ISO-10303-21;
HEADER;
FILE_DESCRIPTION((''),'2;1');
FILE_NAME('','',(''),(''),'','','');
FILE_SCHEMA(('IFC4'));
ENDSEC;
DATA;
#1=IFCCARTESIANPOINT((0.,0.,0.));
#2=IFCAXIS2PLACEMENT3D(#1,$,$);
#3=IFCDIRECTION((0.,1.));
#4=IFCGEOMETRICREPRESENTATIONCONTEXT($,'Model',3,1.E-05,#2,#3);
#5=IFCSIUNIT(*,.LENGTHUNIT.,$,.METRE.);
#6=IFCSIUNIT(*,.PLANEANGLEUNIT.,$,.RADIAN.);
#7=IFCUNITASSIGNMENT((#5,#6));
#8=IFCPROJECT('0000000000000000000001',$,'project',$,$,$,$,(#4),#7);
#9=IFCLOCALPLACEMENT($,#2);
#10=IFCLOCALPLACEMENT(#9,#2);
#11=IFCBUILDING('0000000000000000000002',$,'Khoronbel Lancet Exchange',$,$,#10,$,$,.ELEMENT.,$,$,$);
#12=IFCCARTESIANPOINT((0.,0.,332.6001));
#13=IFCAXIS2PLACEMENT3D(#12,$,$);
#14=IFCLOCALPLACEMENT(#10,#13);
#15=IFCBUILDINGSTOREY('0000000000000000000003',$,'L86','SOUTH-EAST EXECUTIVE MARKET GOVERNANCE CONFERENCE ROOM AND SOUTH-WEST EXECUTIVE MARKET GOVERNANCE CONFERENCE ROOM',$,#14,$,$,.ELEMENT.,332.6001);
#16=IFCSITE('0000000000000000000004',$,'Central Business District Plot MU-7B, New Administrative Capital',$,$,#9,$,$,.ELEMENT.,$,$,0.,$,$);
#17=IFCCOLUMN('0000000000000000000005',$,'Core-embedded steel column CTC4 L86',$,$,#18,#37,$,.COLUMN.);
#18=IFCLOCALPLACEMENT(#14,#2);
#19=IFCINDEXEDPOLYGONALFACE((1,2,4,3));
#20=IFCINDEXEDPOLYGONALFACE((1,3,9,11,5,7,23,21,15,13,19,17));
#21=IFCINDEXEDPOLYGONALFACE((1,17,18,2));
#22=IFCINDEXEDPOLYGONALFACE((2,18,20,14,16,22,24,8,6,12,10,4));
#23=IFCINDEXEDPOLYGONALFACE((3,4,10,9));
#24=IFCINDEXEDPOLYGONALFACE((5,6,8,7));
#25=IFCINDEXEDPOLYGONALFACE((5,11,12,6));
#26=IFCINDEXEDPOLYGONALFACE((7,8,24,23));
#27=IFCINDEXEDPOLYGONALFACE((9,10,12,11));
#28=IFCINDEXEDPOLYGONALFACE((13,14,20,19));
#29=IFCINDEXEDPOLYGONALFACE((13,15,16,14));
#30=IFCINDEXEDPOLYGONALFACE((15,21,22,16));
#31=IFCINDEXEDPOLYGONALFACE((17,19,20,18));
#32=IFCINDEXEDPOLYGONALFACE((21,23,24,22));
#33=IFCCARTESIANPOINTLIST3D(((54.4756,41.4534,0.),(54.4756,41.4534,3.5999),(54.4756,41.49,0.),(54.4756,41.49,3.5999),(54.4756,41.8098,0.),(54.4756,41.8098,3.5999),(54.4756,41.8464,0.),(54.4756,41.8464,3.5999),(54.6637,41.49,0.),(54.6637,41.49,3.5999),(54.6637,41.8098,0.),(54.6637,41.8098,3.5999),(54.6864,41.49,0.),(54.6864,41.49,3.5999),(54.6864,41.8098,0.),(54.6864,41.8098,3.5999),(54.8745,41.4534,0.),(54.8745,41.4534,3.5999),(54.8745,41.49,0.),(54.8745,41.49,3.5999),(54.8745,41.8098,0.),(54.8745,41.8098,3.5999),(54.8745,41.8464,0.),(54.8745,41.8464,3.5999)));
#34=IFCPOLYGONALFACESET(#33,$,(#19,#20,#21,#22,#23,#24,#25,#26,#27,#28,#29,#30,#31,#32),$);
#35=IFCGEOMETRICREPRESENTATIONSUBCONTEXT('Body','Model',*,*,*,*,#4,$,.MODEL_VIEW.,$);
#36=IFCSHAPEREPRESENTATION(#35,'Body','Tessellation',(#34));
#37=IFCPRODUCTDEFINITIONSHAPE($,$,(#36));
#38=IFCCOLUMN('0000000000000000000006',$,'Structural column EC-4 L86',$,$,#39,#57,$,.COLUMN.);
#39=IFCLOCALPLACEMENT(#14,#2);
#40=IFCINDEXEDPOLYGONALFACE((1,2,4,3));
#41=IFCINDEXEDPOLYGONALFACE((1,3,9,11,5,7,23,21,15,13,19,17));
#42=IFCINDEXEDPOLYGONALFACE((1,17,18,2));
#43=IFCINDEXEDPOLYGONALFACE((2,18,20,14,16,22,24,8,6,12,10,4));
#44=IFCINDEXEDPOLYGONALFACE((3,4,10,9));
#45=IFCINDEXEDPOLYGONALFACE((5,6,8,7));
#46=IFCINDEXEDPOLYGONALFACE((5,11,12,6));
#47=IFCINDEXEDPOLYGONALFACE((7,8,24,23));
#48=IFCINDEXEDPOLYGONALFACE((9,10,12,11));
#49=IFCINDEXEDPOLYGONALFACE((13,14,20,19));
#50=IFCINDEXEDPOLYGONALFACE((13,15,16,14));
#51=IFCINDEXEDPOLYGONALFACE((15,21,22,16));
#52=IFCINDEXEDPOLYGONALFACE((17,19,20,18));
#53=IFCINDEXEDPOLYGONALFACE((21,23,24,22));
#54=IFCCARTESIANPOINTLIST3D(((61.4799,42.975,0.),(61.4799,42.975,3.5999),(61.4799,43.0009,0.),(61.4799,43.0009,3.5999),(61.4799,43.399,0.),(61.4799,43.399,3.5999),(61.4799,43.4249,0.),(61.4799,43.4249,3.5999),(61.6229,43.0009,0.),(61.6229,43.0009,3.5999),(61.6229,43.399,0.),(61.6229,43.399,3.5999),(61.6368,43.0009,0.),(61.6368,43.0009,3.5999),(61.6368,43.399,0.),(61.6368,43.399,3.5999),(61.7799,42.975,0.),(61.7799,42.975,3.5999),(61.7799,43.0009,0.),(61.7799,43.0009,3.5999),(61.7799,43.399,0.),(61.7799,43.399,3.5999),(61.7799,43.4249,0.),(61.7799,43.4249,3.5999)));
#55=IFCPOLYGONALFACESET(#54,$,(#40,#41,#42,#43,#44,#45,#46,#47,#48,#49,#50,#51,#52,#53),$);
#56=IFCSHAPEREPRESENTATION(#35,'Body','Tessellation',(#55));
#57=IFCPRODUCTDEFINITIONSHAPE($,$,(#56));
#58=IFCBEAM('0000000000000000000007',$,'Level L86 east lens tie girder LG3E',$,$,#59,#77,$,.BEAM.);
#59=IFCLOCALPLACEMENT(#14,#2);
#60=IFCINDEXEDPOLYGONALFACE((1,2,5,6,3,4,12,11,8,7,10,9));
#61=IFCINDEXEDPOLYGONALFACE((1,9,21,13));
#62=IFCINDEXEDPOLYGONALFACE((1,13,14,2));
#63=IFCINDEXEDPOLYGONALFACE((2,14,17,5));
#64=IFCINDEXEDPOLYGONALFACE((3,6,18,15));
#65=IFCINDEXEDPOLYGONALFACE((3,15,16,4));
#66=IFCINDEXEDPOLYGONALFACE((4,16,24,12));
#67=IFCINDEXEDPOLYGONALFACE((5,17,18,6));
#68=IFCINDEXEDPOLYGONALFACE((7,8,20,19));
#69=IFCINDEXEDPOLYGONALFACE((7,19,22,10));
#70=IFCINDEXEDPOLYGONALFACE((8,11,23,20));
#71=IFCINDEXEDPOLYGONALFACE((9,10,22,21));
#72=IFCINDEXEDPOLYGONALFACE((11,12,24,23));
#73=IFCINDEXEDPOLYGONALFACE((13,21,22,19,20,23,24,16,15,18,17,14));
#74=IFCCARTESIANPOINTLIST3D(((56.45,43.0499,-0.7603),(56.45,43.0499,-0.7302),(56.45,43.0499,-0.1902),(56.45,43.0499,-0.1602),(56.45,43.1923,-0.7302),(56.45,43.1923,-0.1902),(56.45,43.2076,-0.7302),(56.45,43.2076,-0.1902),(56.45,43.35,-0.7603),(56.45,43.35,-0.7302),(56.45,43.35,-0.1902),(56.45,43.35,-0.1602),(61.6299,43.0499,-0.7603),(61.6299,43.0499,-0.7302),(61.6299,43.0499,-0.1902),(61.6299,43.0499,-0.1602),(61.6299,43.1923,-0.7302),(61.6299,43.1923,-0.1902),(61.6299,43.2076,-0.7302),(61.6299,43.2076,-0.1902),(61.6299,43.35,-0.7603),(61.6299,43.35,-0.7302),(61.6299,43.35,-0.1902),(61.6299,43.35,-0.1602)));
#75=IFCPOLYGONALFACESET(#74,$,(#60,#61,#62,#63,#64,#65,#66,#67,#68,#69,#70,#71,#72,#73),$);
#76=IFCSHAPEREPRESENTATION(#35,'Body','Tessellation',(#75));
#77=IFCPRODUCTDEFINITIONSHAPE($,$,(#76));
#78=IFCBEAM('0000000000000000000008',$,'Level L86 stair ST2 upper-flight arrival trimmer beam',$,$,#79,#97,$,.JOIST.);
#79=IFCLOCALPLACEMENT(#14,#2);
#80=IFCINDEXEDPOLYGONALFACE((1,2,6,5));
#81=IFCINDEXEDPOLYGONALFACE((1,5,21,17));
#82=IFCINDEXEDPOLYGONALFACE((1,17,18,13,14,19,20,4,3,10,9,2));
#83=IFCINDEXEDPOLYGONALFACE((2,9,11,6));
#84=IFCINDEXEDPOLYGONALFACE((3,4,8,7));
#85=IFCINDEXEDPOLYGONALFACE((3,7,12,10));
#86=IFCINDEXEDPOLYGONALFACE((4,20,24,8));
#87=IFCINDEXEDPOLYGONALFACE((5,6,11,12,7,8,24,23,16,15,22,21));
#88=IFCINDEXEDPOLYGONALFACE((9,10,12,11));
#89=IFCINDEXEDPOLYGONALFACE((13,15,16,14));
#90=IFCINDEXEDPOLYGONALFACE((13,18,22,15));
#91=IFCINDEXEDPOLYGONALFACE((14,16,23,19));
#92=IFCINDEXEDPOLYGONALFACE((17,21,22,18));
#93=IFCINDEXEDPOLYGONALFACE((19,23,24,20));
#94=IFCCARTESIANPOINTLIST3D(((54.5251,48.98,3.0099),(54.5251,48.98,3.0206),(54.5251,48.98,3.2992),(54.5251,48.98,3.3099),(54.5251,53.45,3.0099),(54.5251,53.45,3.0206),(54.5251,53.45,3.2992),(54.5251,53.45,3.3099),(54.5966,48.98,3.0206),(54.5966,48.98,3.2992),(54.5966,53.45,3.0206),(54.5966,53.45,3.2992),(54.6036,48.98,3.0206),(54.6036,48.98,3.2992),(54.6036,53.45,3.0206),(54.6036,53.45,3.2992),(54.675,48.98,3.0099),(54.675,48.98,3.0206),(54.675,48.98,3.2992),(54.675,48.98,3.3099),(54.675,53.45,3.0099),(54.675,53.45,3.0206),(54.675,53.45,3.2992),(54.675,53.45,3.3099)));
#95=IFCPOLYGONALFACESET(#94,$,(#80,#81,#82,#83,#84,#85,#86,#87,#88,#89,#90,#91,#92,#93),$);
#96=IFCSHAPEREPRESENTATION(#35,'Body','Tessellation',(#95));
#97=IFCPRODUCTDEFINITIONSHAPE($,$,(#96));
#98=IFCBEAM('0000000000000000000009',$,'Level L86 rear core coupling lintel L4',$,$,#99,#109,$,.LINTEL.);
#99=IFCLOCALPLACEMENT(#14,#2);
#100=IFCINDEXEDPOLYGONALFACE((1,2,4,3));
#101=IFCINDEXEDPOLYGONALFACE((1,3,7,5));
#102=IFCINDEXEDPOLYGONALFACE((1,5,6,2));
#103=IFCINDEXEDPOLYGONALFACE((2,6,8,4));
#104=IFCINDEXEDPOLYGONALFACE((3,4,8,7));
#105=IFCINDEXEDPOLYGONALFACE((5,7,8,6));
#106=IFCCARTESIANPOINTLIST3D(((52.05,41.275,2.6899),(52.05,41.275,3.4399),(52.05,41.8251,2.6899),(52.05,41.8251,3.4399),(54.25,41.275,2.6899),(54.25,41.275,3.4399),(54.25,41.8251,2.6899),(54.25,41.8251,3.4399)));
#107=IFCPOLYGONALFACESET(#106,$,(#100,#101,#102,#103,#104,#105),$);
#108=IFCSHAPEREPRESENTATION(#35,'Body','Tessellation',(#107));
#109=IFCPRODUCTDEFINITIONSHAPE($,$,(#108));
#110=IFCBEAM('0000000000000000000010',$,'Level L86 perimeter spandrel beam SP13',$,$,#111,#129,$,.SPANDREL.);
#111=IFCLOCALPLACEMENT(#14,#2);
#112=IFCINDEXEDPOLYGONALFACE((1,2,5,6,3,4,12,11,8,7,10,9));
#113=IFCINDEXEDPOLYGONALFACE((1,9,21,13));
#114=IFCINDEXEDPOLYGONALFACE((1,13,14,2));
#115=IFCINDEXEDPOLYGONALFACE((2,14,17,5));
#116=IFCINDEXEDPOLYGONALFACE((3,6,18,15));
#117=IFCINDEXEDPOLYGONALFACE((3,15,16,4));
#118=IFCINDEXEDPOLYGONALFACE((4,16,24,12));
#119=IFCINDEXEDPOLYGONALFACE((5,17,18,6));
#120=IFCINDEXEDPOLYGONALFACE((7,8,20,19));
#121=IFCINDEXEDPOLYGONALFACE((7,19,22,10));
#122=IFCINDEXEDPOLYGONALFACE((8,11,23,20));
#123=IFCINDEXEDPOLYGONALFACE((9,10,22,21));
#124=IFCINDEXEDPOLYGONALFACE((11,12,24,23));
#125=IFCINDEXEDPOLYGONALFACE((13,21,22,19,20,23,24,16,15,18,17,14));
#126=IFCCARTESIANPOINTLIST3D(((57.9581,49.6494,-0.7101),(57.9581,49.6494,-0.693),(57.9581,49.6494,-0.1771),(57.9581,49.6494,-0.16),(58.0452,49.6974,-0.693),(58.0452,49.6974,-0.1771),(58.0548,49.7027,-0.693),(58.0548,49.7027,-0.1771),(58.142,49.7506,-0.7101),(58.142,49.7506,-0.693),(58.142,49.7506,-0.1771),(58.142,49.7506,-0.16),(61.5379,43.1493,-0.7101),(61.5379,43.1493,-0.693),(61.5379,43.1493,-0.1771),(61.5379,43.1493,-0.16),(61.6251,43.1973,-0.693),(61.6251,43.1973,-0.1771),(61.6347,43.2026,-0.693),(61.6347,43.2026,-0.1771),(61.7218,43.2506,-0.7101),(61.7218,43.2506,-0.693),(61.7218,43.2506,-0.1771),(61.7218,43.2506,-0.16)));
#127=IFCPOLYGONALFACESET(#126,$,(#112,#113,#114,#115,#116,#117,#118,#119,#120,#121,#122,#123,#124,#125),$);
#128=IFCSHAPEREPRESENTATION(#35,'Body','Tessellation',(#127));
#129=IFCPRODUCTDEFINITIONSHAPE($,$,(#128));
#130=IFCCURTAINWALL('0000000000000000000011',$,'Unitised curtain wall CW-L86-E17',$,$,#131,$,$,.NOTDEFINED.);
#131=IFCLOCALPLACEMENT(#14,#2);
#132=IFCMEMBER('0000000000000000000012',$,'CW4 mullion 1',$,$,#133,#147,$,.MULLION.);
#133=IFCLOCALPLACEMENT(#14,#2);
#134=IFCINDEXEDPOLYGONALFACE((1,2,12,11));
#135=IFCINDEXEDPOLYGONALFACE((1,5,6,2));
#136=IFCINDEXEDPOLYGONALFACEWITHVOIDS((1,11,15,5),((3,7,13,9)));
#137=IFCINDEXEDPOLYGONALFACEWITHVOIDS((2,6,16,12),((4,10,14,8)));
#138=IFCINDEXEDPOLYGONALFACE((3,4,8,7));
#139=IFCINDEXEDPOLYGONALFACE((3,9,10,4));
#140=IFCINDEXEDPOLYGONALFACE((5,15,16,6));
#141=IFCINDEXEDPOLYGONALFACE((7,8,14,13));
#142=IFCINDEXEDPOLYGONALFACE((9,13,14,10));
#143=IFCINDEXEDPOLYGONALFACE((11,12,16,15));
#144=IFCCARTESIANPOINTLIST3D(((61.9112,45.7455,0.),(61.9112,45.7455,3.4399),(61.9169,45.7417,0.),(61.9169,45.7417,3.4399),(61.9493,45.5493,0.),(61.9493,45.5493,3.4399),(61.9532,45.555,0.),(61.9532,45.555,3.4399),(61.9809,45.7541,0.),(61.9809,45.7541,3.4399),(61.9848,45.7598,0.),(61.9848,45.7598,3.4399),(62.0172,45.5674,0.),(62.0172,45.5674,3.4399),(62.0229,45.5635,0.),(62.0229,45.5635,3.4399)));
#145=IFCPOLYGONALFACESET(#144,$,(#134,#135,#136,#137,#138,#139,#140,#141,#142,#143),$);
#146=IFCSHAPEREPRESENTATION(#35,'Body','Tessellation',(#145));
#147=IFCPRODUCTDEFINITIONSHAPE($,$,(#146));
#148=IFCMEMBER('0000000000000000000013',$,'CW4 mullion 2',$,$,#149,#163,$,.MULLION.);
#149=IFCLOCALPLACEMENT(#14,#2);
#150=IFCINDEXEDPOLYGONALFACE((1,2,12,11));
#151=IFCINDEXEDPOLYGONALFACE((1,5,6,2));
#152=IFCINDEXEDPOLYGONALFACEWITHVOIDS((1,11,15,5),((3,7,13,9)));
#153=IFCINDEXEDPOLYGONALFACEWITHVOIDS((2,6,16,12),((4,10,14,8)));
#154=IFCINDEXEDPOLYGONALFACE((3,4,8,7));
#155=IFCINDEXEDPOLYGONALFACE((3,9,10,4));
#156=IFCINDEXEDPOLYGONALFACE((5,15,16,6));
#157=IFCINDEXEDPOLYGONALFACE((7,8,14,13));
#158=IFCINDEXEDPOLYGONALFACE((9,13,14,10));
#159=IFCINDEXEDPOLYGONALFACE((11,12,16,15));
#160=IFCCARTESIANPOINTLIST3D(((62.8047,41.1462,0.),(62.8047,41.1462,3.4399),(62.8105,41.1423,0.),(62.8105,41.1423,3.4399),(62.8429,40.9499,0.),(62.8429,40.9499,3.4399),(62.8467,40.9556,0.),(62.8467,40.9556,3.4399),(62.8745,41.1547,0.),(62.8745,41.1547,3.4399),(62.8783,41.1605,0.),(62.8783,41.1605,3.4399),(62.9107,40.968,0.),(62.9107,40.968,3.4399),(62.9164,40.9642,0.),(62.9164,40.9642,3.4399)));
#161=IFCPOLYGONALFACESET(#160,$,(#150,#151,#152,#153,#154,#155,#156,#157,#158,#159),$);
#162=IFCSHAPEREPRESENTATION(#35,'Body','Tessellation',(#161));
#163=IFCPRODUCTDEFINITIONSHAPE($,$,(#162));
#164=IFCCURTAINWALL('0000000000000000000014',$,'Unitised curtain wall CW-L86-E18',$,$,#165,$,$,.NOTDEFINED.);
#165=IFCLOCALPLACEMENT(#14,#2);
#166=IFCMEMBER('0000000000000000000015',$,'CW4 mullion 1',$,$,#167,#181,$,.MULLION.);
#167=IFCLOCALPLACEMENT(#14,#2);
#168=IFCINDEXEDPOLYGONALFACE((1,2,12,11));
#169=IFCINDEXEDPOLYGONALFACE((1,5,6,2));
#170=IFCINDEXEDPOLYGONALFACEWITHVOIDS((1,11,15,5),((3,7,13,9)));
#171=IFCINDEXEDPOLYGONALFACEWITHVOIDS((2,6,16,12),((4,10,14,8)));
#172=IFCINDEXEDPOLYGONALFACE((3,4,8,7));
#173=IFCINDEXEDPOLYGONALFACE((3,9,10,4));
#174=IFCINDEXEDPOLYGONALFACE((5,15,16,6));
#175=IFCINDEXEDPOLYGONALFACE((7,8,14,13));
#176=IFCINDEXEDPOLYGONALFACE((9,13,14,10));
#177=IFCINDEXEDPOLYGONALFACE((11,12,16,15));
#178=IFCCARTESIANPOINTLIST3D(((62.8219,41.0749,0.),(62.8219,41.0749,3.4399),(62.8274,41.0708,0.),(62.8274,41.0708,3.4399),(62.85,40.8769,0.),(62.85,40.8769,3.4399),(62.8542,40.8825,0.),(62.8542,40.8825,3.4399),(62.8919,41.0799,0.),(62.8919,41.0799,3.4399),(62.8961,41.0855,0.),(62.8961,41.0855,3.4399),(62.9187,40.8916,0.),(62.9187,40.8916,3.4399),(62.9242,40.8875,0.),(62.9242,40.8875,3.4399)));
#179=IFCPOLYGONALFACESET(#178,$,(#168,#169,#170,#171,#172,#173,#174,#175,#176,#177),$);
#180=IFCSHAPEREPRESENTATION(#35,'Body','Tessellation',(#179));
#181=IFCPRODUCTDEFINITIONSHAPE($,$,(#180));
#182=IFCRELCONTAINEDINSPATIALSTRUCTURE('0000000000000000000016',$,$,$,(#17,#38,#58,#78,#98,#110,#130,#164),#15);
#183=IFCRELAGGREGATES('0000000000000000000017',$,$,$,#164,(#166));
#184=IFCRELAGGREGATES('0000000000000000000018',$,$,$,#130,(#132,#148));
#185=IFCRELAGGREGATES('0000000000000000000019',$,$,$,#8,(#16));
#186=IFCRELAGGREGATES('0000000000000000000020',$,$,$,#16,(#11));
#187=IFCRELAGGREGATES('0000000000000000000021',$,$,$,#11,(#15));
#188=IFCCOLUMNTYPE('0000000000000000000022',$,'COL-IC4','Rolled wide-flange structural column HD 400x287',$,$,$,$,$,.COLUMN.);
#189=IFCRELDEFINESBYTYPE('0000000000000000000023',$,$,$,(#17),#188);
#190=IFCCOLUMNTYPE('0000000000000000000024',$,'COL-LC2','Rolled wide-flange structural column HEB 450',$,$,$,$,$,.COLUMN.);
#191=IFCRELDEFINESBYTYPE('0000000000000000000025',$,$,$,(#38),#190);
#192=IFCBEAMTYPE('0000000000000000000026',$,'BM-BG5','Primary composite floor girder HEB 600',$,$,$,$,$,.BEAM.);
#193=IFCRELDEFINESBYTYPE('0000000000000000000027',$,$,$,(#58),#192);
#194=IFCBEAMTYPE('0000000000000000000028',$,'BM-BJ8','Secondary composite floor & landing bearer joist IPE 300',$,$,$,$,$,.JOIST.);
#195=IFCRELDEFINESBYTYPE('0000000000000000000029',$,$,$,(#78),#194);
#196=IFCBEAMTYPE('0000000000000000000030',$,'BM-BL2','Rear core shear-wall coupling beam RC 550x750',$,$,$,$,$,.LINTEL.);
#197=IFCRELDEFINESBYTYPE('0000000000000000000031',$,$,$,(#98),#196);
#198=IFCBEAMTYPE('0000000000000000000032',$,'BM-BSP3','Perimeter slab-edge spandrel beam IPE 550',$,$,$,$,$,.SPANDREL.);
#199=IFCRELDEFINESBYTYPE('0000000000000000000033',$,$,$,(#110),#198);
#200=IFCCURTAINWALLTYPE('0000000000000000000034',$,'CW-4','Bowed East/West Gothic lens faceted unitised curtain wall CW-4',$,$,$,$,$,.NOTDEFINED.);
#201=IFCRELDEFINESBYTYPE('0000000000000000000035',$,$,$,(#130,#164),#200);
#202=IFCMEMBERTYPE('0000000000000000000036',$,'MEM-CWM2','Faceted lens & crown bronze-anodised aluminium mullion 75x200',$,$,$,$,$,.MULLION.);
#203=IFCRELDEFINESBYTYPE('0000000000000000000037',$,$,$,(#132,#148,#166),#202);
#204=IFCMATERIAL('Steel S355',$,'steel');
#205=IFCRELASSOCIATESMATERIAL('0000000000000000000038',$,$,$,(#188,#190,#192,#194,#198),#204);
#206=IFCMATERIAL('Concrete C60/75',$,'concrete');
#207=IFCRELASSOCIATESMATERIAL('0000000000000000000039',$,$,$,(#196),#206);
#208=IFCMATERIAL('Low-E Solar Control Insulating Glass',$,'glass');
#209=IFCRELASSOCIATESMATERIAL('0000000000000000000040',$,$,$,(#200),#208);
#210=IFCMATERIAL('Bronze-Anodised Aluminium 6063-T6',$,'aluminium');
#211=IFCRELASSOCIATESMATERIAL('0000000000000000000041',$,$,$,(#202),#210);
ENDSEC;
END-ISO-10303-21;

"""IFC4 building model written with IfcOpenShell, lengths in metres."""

from ifc_helpers import new_model, si_unit, direction, frame, origin, origin_2d, place, context, subcontext, project, spatial, rectangle, hollow_rectangle, i_section, extrude, material, material_profile, profile_set, type_object, element, aggregate, save


model = new_model("IFC4")

# Units and contexts
model_context = context("Model", 3, precision=1e-05, world=origin(), true_north=direction((0.0, 1.0)))
body_context = subcontext(model_context, "Body", "Model", "MODEL_VIEW")
ifc_project = project(units=[si_unit("LENGTHUNIT", "METRE"), si_unit("PLANEANGLEUNIT", "RADIAN")], contexts=[model_context])

# Site, building, storey
site_placement = place(None, origin())
site = spatial("IfcSite", under=ifc_project, at=site_placement, Name="Central Business District Plot MU-7B, New Administrative Capital", CompositionType="ELEMENT", RefElevation=0.0)
building_placement = place(site_placement, origin())
building = spatial("IfcBuilding", under=site, at=building_placement, Name="Khoronbel Lancet Exchange", CompositionType="ELEMENT")
storey_placement = place(building_placement, frame((0.0, 0.0, 332.6001)))
storey = spatial("IfcBuildingStorey", under=building, at=storey_placement, Name="L86", Description="SOUTH-EAST EXECUTIVE MARKET GOVERNANCE CONFERENCE ROOM AND SOUTH-WEST EXECUTIVE MARKET GOVERNANCE CONFERENCE ROOM", CompositionType="ELEMENT", Elevation=332.6001)

# Columns
ifc_material_1 = material(Name="Steel S355", Category="steel")
ifc_material_profile_1 = material_profile(ifc_material_1, i_section(OverallWidth=0.3989, OverallDepth=0.3931, WebThickness=0.0227, FlangeThickness=0.0366, at=origin_2d()), Name="HD 400x287")
ifc_profile_set_1 = profile_set([ifc_material_profile_1], Name="Steel S355")
column_type_1 = type_object("IfcColumnType", Name="COL-IC4", Description="Rolled wide-flange structural column HD 400x287", PredefinedType="COLUMN", material=ifc_profile_set_1)
column_1_placement = place(storey_placement, frame((54.675, 41.6499, 0.0), z_axis=(0.0, 0.0, 1.0), x_axis=(1.0, 0.0, 0.0)))
element("IfcColumn", 1, at=column_1_placement, inside=storey, type_object=column_type_1, Name="Core-embedded steel column CTC4 L86", PredefinedType="COLUMN", context=body_context, shape_type="SweptSolid", body=[
    extrude(i_section(OverallWidth=0.3989, OverallDepth=0.3931, WebThickness=0.0227, FlangeThickness=0.0366, at=origin_2d()), origin(), (0.0, 0.0, 1.0), 3.5999),
])
ifc_material_profile_2 = material_profile(ifc_material_1, i_section(OverallWidth=0.3, OverallDepth=0.45, WebThickness=0.0139, FlangeThickness=0.0259, at=origin_2d()), Name="HEB 450")
ifc_profile_set_2 = profile_set([ifc_material_profile_2], Name="Steel S355")
column_type_2 = type_object("IfcColumnType", Name="COL-LC2", Description="Rolled wide-flange structural column HEB 450", PredefinedType="COLUMN", material=ifc_profile_set_2)
column_2_placement = place(storey_placement, frame((61.6299, 43.2, 0.0), z_axis=(0.0, 0.0, 1.0), x_axis=(1.0, 0.0, 0.0)))
element("IfcColumn", 2, at=column_2_placement, inside=storey, type_object=column_type_2, Name="Structural column EC-4 L86", PredefinedType="COLUMN", context=body_context, shape_type="SweptSolid", body=[
    extrude(i_section(OverallWidth=0.3, OverallDepth=0.45, WebThickness=0.0139, FlangeThickness=0.0259, at=origin_2d()), origin(), (0.0, 0.0, 1.0), 3.5999),
])

# Beams
ifc_material_profile_3 = material_profile(ifc_material_1, i_section(OverallWidth=0.3, OverallDepth=0.6001, WebThickness=0.0154, FlangeThickness=0.03, at=origin_2d()), Name="HEB 600")
ifc_profile_set_3 = profile_set([ifc_material_profile_3], Name="Steel S355")
beam_type_1 = type_object("IfcBeamType", Name="BM-BG5", Description="Primary composite floor girder HEB 600", PredefinedType="BEAM", material=ifc_profile_set_3)
beam_1_placement = place(storey_placement, frame((56.45, 43.2, -0.4602), z_axis=(1.0, 0.0, 0.0), x_axis=(0.0, 1.0, 0.0)))
element("IfcBeam", 3, at=beam_1_placement, inside=storey, type_object=beam_type_1, Name="Level L86 east lens tie girder LG3E", PredefinedType="BEAM", context=body_context, shape_type="SweptSolid", body=[
    extrude(i_section(OverallWidth=0.3, OverallDepth=0.6001, WebThickness=0.0154, FlangeThickness=0.03, at=origin_2d()), origin(), (0.0, 0.0, 1.0), 5.1799),
])
ifc_material_profile_4 = material_profile(ifc_material_1, i_section(OverallWidth=0.1499, OverallDepth=0.3, WebThickness=0.0071, FlangeThickness=0.0107, at=origin_2d()), Name="IPE 300")
ifc_profile_set_4 = profile_set([ifc_material_profile_4], Name="Steel S355")
beam_type_2 = type_object("IfcBeamType", Name="BM-BJ8", Description="Secondary composite floor & landing bearer joist IPE 300", PredefinedType="JOIST", material=ifc_profile_set_4)
beam_2_placement = place(storey_placement, frame((54.6001, 48.98, 3.1599), z_axis=(0.0, 1.0, 0.0), x_axis=(-1.0, 0.0, 0.0)))
element("IfcBeam", 4, at=beam_2_placement, inside=storey, type_object=beam_type_2, Name="Level L86 stair ST2 upper-flight arrival trimmer beam", PredefinedType="JOIST", context=body_context, shape_type="SweptSolid", body=[
    extrude(i_section(OverallWidth=0.1499, OverallDepth=0.3, WebThickness=0.0071, FlangeThickness=0.0107, at=origin_2d()), origin(), (0.0, 0.0, 1.0), 4.47),
])
ifc_material_2 = material(Name="Concrete C60/75", Category="concrete")
ifc_material_profile_5 = material_profile(ifc_material_2, rectangle(XDim=0.55, YDim=0.75, at=origin_2d()), Name="RC 550x750")
ifc_profile_set_5 = profile_set([ifc_material_profile_5], Name="Concrete C60/75")
beam_type_3 = type_object("IfcBeamType", Name="BM-BL2", Description="Rear core shear-wall coupling beam RC 550x750", PredefinedType="LINTEL", material=ifc_profile_set_5)
beam_3_placement = place(storey_placement, frame((52.05, 41.55, 3.0649), z_axis=(1.0, 0.0, 0.0), x_axis=(0.0, 1.0, 0.0)))
element("IfcBeam", 5, at=beam_3_placement, inside=storey, type_object=beam_type_3, Name="Level L86 rear core coupling lintel L4", PredefinedType="LINTEL", context=body_context, shape_type="SweptSolid", body=[
    extrude(rectangle(XDim=0.55, YDim=0.75, at=origin_2d()), origin(), (0.0, 0.0, 1.0), 2.2),
])
ifc_material_profile_6 = material_profile(ifc_material_1, i_section(OverallWidth=0.21, OverallDepth=0.55, WebThickness=0.011, FlangeThickness=0.0171, at=origin_2d()), Name="IPE 550")
ifc_profile_set_6 = profile_set([ifc_material_profile_6], Name="Steel S355")
beam_type_4 = type_object("IfcBeamType", Name="BM-BSP3", Description="Perimeter slab-edge spandrel beam IPE 550", PredefinedType="SPANDREL", material=ifc_profile_set_6)
beam_4_placement = place(storey_placement, frame((61.6299, 43.2, -0.4351), z_axis=(-0.482419, 0.875941, 0.0), x_axis=(-0.875941, -0.482419, 0.0)))
element("IfcBeam", 6, at=beam_4_placement, inside=storey, type_object=beam_type_4, Name="Level L86 perimeter spandrel beam SP13", PredefinedType="SPANDREL", context=body_context, shape_type="SweptSolid", body=[
    extrude(i_section(OverallWidth=0.21, OverallDepth=0.55, WebThickness=0.011, FlangeThickness=0.0171, at=origin_2d()), origin(), (0.0, 0.0, 1.0), 7.4207),
])

# Curtain wall, members
ifc_material_3 = material(Name="Low-E Solar Control Insulating Glass", Category="glass")
curtain_wall_type = type_object("IfcCurtainWallType", Name="CW-4", Description="Bowed East/West Gothic lens faceted unitised curtain wall CW-4", PredefinedType="NOTDEFINED", material=ifc_material_3)
curtain_wall_1_placement = place(storey_placement, origin())
curtain_wall_1 = element("IfcCurtainWall", 7, at=curtain_wall_1_placement, inside=storey, type_object=curtain_wall_type, Name="Unitised curtain wall CW-L86-E17", PredefinedType="NOTDEFINED")
ifc_material_4 = material(Name="Bronze-Anodised Aluminium 6063-T6", Category="aluminium")
ifc_material_profile_7 = material_profile(ifc_material_4, hollow_rectangle(XDim=0.075, YDim=0.2, WallThickness=0.0049, at=origin_2d()), Name="ALU MULLION 75x200")
ifc_profile_set_7 = profile_set([ifc_material_profile_7], Name="Bronze-Anodised Aluminium 6063-T6")
member_type_1 = type_object("IfcMemberType", Name="MEM-CWM2", Description="Faceted lens & crown bronze-anodised aluminium mullion 75x200", PredefinedType="MULLION", material=ifc_profile_set_7)
member_1_placement = place(storey_placement, frame((61.967, 45.6545, 0.0), z_axis=(0.0, 0.0, 1.0), x_axis=(0.981648, 0.190704, 0.0)))
member_1 = element("IfcMember", 8, at=member_1_placement, type_object=member_type_1, Name="CW4 mullion 1", PredefinedType="MULLION", context=body_context, shape_type="SweptSolid", body=[
    extrude(hollow_rectangle(XDim=0.075, YDim=0.2, WallThickness=0.0049, at=origin_2d()), origin(), (0.0, 0.0, 1.0), 3.4399),
])
member_2_placement = place(storey_placement, frame((62.8606, 41.0552, 0.0), z_axis=(0.0, 0.0, 1.0), x_axis=(0.981648, 0.190704, 0.0)))
member_2 = element("IfcMember", 9, at=member_2_placement, type_object=member_type_1, Name="CW4 mullion 2", PredefinedType="MULLION", context=body_context, shape_type="SweptSolid", body=[
    extrude(hollow_rectangle(XDim=0.075, YDim=0.2, WallThickness=0.0049, at=origin_2d()), origin(), (0.0, 0.0, 1.0), 3.4399),
])

# Curtain wall, member
curtain_wall_2_placement = place(storey_placement, origin())
curtain_wall_2 = element("IfcCurtainWall", 10, at=curtain_wall_2_placement, inside=storey, type_object=curtain_wall_type, Name="Unitised curtain wall CW-L86-E18", PredefinedType="NOTDEFINED")
member_3_placement = place(storey_placement, frame((62.873, 40.9812, 0.0), z_axis=(0.0, 0.0, 1.0), x_axis=(0.990038, 0.140803, 0.0)))
member_3 = element("IfcMember", 11, at=member_3_placement, type_object=member_type_1, Name="CW4 mullion 1", PredefinedType="MULLION", context=body_context, shape_type="SweptSolid", body=[
    extrude(hollow_rectangle(XDim=0.075, YDim=0.2, WallThickness=0.0049, at=origin_2d()), origin(), (0.0, 0.0, 1.0), 3.4399),
])

aggregate(curtain_wall_2, [member_3])
aggregate(curtain_wall_1, [member_1, member_2])

save(model, "model.ifc")
